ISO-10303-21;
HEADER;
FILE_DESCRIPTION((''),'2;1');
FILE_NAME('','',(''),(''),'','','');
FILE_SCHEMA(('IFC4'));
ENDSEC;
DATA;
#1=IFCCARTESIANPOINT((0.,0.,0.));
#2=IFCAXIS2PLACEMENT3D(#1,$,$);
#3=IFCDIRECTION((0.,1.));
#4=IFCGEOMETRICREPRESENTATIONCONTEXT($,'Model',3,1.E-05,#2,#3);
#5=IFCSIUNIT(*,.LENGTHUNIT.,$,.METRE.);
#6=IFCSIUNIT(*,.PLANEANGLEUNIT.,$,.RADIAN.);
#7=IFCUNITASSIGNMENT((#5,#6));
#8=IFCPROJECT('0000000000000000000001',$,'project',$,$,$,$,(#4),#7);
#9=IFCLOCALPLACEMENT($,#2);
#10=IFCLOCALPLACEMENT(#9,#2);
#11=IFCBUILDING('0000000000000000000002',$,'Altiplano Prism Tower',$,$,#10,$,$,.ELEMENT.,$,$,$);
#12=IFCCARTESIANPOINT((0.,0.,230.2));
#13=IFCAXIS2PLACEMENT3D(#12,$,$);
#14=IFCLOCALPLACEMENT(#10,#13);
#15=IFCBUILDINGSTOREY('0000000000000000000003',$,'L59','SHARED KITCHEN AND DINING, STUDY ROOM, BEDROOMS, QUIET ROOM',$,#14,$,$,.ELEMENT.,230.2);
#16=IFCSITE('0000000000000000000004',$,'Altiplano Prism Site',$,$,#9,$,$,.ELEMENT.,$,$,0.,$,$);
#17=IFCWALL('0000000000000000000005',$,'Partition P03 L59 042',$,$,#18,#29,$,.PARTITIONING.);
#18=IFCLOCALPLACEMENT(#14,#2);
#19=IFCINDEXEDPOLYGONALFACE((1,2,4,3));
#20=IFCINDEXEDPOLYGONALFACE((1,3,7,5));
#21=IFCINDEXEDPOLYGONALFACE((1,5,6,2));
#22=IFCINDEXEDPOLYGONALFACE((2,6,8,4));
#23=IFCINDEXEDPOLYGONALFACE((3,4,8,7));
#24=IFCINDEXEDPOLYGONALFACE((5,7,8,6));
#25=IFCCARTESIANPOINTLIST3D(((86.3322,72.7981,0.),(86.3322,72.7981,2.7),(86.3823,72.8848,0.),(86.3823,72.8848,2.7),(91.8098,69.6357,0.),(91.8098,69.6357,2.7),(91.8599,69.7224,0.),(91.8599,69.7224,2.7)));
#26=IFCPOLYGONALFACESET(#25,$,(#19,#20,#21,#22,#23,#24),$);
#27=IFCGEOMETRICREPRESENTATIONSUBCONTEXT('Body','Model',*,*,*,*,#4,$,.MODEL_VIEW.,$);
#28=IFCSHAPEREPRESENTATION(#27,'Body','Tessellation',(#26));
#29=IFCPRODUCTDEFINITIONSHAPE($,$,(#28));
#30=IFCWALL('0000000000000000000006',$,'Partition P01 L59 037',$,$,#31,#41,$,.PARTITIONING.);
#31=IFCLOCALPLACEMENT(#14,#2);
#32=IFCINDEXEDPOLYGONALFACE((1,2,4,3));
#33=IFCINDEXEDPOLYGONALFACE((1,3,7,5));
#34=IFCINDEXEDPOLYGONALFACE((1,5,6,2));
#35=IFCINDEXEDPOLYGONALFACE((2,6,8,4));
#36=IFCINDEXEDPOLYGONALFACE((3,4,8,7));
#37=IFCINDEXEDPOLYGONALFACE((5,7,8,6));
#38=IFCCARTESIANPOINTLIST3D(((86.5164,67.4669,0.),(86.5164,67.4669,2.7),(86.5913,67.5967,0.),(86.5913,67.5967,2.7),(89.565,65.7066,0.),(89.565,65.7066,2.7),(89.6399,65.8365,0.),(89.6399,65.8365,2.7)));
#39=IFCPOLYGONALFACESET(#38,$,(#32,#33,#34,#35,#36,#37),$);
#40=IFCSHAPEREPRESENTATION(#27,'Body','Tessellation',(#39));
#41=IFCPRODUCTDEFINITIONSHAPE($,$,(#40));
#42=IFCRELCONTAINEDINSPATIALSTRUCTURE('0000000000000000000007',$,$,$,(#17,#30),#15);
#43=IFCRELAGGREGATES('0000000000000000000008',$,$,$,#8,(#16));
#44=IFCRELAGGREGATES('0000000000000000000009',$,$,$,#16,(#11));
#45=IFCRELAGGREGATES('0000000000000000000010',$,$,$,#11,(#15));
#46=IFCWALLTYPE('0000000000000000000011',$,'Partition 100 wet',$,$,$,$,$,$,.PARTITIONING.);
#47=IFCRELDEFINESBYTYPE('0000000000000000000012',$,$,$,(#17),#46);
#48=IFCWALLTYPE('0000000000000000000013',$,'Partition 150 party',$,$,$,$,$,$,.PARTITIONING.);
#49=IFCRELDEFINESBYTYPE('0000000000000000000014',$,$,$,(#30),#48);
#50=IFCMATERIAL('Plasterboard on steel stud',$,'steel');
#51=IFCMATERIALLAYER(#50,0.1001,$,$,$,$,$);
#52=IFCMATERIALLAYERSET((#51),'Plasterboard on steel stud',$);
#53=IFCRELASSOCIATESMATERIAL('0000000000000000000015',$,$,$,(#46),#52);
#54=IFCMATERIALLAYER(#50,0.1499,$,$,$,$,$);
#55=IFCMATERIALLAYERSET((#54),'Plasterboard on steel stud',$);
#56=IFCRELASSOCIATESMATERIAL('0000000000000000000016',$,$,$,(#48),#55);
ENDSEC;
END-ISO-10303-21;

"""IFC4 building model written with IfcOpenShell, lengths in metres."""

from ifc_helpers import new_model, si_unit, direction, frame, frame_2d, origin, place, context, subcontext, project, spatial, rectangle, extrude, material, layer, layer_set, type_object, element, save


model = new_model("IFC4")

# Units and contexts
model_context = context("Model", 3, precision=1e-05, world=origin(), true_north=direction((0.0, 1.0)))
body_context = subcontext(model_context, "Body", "Model", "MODEL_VIEW")
ifc_project = project(units=[si_unit("LENGTHUNIT", "METRE"), si_unit("PLANEANGLEUNIT", "RADIAN")], contexts=[model_context])

# Site, building, storey
site_placement = place(None, origin())
site = spatial("IfcSite", under=ifc_project, at=site_placement, Name="Altiplano Prism Site", CompositionType="ELEMENT", RefElevation=0.0)
building_placement = place(site_placement, origin())
building = spatial("IfcBuilding", under=site, at=building_placement, Name="Altiplano Prism Tower", CompositionType="ELEMENT")
storey_placement = place(building_placement, frame((0.0, 0.0, 230.2)))
storey = spatial("IfcBuildingStorey", under=building, at=storey_placement, Name="L59", Description="SHARED KITCHEN AND DINING, STUDY ROOM, BEDROOMS, QUIET ROOM", CompositionType="ELEMENT", Elevation=230.2)

# Walls
ifc_material_1 = material(Name="Plasterboard on steel stud", Category="steel")
ifc_layer_1 = layer(ifc_material_1, 0.1001)
ifc_layer_set_1 = layer_set([ifc_layer_1], Name="Plasterboard on steel stud")
wall_type_1 = type_object("IfcWallType", Name="Partition 100 wet", PredefinedType="PARTITIONING", material=ifc_layer_set_1)
wall_1_placement = place(storey_placement, frame((91.835, 69.679, 0.0), z_axis=(0.0, 0.0, 1.0), x_axis=(-0.866033, 0.499988, 0.0)))
element("IfcWall", 1, at=wall_1_placement, inside=storey, type_object=wall_type_1, Name="Partition P03 L59 042", PredefinedType="PARTITIONING", context=body_context, shape_type="SweptSolid", body=[
    extrude(rectangle(XDim=6.325, YDim=0.1001, at=frame_2d((3.1626, 0.0))), origin(), (0.0, 0.0, 1.0), 2.7),
])
ifc_layer_2 = layer(ifc_material_1, 0.1499)
ifc_layer_set_2 = layer_set([ifc_layer_2], Name="Plasterboard on steel stud")
wall_type_2 = type_object("IfcWallType", Name="Partition 150 party", PredefinedType="PARTITIONING", material=ifc_layer_set_2)
wall_2_placement = place(storey_placement, frame((89.6025, 65.7715, 0.0), z_axis=(0.0, 0.0, 1.0), x_axis=(-0.866007, 0.500033, 0.0)))
element("IfcWall", 2, at=wall_2_placement, inside=storey, type_object=wall_type_2, Name="Partition P01 L59 037", PredefinedType="PARTITIONING", context=body_context, shape_type="SweptSolid", body=[
    extrude(rectangle(XDim=3.5203, YDim=0.1499, at=frame_2d((1.7603, 0.0))), origin(), (0.0, 0.0, 1.0), 2.7),
])

save(model, "model.ifc")
